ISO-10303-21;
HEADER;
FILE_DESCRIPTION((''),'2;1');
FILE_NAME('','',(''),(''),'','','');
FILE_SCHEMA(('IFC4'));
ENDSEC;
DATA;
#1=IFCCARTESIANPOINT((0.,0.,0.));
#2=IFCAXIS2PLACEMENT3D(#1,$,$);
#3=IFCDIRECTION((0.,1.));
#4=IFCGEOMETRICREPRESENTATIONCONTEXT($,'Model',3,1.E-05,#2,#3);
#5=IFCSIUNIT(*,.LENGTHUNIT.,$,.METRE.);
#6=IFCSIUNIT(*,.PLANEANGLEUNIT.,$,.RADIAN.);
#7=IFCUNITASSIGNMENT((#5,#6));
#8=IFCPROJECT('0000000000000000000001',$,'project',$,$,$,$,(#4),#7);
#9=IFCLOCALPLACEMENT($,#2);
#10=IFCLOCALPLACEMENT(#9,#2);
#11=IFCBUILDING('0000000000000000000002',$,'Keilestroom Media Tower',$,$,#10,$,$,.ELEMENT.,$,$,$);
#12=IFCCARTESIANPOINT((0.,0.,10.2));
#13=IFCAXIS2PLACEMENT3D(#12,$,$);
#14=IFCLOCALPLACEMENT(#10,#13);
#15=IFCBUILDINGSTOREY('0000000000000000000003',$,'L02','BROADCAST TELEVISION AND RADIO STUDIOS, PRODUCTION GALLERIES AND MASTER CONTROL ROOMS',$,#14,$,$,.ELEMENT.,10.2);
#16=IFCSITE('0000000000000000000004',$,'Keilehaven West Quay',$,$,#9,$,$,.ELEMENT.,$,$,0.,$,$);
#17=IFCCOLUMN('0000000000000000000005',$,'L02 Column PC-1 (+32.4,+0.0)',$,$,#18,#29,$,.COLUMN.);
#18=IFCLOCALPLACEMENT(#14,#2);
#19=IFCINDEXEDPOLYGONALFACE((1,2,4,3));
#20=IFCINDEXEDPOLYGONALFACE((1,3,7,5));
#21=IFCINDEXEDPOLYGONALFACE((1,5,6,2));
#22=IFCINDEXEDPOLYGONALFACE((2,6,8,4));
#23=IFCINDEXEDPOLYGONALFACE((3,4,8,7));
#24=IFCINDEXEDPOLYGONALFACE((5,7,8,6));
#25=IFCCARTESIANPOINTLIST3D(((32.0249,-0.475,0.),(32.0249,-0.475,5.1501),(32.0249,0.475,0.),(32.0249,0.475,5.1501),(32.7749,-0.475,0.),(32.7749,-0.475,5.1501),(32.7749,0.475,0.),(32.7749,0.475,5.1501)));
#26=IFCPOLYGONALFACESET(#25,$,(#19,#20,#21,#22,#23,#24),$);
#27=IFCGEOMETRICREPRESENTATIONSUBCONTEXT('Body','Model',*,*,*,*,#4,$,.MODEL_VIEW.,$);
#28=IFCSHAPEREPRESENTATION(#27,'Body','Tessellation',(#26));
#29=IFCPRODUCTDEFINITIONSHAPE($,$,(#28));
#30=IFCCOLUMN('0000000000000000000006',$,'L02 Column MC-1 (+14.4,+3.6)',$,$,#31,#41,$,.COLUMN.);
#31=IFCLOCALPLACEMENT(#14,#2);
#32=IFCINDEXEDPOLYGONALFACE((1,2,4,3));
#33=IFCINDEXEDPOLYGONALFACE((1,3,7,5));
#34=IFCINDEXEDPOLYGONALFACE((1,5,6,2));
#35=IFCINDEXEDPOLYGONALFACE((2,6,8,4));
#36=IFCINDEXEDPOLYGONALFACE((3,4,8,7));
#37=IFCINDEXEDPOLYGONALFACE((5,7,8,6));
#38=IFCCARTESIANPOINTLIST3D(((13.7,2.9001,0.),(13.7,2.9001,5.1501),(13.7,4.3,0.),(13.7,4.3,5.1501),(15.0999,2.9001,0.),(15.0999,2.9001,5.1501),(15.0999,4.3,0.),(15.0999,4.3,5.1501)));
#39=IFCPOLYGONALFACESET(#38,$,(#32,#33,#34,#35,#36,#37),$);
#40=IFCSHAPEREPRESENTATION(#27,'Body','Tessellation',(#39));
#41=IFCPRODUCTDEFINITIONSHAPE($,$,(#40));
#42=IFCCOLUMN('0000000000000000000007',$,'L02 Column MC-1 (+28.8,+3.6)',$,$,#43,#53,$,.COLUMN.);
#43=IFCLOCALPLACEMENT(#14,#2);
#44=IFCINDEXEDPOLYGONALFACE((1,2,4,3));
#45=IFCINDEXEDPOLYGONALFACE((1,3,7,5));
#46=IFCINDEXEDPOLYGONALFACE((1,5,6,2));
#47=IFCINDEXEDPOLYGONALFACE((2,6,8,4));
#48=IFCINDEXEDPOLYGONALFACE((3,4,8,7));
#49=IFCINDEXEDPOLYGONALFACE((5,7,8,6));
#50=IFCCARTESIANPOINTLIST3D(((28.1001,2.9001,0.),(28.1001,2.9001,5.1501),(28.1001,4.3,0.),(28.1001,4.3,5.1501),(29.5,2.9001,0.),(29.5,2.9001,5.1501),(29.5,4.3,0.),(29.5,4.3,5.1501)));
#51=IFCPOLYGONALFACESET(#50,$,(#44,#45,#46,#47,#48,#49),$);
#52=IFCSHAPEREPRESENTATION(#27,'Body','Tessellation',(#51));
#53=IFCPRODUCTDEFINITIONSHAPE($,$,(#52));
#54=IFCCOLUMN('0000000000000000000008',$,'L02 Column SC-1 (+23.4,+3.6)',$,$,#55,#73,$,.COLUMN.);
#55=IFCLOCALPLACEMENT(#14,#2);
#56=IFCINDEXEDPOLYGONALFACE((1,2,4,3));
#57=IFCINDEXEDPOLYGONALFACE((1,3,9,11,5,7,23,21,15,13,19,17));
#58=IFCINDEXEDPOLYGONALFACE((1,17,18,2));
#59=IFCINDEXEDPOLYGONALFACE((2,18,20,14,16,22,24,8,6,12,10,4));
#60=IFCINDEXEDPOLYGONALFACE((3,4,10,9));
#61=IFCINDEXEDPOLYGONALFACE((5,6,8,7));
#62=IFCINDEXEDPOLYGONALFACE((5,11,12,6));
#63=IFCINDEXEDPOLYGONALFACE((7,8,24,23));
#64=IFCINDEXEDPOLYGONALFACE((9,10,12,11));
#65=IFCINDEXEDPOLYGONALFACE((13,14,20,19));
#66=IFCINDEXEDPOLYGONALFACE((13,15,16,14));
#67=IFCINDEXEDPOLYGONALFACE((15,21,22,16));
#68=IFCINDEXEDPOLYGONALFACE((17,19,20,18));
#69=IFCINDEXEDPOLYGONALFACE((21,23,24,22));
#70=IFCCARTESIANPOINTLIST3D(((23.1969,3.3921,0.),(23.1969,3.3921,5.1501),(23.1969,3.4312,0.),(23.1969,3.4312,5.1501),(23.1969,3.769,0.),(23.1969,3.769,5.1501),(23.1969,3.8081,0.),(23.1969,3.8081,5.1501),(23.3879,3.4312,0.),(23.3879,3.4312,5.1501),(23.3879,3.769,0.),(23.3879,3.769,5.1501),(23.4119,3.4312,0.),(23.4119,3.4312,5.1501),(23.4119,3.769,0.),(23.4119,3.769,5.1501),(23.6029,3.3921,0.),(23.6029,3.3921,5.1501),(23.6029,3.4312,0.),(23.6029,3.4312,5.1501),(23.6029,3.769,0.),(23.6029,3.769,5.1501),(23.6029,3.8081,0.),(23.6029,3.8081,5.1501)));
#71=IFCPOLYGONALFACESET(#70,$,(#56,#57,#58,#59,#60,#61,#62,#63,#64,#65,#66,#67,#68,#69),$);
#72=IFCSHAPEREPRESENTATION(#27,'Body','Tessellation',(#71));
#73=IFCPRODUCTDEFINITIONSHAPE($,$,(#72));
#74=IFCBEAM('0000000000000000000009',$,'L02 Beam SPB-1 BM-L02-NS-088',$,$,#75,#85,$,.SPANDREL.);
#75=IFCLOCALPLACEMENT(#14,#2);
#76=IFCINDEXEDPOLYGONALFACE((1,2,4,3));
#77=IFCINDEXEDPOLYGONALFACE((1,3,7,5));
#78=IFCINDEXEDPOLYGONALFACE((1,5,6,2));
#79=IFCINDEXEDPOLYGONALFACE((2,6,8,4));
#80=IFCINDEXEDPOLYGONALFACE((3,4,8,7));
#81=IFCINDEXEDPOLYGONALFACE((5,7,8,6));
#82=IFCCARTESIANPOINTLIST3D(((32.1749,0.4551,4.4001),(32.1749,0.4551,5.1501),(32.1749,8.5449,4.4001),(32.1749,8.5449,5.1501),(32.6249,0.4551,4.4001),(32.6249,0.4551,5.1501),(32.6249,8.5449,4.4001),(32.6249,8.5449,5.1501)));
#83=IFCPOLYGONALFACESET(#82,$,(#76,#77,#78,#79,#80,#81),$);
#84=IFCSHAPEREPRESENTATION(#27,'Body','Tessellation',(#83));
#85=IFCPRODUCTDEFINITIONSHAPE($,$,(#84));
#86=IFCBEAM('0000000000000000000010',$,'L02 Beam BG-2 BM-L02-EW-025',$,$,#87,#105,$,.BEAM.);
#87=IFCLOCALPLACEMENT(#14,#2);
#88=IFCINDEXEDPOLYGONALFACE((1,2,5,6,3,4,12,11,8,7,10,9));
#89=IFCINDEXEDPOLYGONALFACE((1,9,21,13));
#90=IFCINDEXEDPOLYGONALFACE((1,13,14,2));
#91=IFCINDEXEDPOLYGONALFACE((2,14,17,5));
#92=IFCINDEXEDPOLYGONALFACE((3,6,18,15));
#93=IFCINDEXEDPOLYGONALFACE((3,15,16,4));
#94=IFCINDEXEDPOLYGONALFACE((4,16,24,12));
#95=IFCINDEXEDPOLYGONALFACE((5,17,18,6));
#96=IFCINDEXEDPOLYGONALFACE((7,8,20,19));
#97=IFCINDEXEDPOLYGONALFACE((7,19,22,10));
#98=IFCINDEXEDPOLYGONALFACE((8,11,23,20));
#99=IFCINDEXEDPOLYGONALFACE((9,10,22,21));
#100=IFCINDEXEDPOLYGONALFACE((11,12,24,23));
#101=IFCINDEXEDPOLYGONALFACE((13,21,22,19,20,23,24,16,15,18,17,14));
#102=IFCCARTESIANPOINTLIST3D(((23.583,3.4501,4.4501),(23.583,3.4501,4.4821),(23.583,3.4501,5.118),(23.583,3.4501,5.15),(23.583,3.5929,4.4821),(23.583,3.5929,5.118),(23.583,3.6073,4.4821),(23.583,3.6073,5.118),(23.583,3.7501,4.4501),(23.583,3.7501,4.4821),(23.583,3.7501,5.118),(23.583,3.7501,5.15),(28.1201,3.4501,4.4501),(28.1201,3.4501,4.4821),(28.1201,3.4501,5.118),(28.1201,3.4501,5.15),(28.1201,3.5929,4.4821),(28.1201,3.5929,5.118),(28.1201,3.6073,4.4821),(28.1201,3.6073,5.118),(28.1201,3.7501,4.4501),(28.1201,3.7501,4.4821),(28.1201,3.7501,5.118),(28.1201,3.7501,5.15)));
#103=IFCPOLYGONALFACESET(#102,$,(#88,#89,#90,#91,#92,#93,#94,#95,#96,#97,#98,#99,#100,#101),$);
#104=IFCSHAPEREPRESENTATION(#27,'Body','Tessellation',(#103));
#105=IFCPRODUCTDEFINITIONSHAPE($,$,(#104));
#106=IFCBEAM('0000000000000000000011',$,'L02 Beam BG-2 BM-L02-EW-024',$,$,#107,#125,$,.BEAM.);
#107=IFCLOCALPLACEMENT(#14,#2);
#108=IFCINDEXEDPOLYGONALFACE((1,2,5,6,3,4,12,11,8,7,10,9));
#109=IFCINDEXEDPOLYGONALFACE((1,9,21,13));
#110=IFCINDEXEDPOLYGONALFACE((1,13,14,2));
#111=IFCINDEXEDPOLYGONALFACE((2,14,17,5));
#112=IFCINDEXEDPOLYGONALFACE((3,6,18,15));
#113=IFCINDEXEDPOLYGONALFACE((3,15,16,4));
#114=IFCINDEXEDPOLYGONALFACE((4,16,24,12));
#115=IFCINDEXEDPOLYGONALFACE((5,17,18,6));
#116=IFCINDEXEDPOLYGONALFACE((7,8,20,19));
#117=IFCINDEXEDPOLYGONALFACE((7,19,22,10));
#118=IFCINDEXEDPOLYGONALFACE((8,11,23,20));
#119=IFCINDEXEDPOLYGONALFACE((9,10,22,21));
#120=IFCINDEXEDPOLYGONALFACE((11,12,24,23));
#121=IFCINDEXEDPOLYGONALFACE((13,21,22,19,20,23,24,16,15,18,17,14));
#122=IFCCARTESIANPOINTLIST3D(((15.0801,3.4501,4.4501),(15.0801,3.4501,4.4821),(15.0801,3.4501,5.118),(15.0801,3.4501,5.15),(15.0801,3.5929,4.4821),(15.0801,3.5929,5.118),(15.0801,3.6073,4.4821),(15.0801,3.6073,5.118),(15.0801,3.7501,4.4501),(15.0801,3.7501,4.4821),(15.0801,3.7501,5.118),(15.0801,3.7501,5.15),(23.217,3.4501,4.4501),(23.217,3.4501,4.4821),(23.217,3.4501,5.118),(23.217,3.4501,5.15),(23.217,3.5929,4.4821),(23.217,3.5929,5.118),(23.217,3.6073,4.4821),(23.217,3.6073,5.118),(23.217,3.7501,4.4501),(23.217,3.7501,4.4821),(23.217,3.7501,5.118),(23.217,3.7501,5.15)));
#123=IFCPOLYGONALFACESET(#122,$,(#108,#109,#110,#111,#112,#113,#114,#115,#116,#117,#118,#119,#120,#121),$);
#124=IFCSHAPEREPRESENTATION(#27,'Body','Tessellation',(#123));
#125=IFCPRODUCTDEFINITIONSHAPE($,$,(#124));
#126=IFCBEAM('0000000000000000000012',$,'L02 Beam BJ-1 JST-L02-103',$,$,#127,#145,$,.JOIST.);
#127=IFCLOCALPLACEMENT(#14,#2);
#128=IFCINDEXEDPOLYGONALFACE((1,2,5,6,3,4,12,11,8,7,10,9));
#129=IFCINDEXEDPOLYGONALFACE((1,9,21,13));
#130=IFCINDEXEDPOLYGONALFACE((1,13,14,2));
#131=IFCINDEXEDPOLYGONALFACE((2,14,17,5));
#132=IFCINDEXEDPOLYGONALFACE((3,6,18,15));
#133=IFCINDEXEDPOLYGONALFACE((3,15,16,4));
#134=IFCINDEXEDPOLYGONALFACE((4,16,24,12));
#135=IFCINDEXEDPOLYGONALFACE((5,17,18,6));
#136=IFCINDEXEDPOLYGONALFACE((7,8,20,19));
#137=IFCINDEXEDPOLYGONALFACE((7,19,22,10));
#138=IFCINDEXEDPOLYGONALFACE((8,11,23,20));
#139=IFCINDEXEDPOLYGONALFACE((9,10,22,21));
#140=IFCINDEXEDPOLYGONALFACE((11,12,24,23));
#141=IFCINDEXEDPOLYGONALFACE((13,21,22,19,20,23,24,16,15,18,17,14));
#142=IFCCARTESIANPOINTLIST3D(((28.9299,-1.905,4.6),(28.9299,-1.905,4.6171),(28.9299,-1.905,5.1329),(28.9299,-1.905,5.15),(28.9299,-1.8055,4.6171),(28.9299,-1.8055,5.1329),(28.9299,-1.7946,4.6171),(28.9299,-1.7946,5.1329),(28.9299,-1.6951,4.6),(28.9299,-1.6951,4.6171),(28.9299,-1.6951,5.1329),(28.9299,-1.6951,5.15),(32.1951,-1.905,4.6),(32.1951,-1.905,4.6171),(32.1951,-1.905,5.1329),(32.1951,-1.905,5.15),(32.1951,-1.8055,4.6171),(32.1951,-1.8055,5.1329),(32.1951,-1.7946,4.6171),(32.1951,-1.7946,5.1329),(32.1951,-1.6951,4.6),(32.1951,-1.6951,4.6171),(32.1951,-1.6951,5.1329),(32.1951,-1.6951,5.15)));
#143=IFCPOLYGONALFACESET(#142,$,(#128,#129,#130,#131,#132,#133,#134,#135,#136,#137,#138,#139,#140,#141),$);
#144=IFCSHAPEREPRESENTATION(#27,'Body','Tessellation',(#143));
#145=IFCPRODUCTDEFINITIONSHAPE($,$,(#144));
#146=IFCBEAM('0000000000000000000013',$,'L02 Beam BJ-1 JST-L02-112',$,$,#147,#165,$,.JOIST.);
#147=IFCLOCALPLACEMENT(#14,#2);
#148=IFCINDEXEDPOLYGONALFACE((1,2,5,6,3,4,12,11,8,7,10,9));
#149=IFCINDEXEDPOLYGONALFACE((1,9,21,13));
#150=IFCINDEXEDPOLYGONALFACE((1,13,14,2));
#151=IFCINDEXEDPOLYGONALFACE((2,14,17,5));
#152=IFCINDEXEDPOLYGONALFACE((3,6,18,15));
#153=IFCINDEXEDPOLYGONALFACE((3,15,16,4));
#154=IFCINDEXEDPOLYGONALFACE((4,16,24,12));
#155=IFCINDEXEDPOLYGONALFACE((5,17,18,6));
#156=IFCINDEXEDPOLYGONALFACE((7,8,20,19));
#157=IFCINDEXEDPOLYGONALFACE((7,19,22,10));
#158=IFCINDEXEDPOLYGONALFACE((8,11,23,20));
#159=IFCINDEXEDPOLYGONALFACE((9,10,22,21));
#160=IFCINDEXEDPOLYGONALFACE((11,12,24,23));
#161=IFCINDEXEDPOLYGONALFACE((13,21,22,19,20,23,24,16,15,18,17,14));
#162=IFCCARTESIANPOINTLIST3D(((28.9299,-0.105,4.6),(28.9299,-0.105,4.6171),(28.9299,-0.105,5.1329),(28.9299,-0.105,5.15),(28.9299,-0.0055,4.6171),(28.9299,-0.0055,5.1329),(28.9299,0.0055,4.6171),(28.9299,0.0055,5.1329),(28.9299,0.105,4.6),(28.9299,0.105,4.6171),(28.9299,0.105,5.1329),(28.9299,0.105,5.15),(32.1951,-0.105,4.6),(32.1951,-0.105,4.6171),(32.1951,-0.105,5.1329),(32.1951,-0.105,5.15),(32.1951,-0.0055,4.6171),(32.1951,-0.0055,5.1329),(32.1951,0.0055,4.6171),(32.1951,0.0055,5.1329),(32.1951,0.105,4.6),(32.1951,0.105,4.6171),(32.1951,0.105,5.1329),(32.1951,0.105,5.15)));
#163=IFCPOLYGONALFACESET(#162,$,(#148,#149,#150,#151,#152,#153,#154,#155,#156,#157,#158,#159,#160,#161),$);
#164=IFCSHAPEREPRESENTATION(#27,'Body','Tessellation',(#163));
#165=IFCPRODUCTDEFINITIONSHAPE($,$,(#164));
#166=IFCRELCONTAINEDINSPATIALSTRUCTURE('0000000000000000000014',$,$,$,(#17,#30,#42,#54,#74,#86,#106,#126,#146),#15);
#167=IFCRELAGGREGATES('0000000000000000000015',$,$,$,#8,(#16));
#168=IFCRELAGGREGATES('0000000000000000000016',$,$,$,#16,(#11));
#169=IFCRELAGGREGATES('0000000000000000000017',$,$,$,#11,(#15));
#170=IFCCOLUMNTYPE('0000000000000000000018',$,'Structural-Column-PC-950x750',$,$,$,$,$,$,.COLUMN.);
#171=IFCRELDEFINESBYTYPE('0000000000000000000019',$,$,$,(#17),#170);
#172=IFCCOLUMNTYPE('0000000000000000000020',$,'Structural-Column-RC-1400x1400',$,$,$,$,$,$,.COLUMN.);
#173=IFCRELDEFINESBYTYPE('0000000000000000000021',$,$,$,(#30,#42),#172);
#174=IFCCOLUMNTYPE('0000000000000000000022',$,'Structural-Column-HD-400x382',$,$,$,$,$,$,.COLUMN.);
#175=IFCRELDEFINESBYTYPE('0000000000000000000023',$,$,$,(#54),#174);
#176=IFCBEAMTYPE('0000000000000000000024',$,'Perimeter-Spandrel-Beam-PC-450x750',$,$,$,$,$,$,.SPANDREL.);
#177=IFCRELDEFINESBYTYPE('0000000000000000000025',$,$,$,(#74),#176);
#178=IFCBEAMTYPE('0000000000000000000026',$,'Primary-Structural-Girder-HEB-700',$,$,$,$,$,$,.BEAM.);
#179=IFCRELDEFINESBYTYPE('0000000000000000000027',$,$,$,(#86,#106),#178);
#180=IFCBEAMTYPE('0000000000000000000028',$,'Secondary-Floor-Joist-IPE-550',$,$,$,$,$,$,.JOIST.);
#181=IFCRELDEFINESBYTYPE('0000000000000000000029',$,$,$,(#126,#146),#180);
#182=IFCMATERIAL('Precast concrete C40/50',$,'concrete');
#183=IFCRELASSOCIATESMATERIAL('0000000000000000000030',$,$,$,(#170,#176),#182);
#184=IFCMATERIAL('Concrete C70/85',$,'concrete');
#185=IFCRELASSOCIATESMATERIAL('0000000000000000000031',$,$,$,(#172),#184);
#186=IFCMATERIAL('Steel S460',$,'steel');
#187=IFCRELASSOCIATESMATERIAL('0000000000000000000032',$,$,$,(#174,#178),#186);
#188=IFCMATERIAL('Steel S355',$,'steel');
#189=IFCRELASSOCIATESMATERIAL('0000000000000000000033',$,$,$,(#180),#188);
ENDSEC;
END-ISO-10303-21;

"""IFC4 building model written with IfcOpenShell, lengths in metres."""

from ifc_helpers import new_model, si_unit, direction, frame, origin, origin_2d, place, context, subcontext, project, spatial, rectangle, i_section, extrude, source, transform, mapped, material, material_profile, profile_set, type_object, element, save


model = new_model("IFC4")

# Units and contexts
model_context = context("Model", 3, precision=1e-05, world=origin(), true_north=direction((0.0, 1.0)))
body_context = subcontext(model_context, "Body", "Model", "MODEL_VIEW")
ifc_project = project(units=[si_unit("LENGTHUNIT", "METRE"), si_unit("PLANEANGLEUNIT", "RADIAN")], contexts=[model_context])

# Site, building, storey
site_placement = place(None, origin())
site = spatial("IfcSite", under=ifc_project, at=site_placement, Name="Keilehaven West Quay", CompositionType="ELEMENT", RefElevation=0.0)
building_placement = place(site_placement, origin())
building = spatial("IfcBuilding", under=site, at=building_placement, Name="Keilestroom Media Tower", CompositionType="ELEMENT")
storey_placement = place(building_placement, frame((0.0, 0.0, 10.2)))
storey = spatial("IfcBuildingStorey", under=building, at=storey_placement, Name="L02", Description="BROADCAST TELEVISION AND RADIO STUDIOS, PRODUCTION GALLERIES AND MASTER CONTROL ROOMS", CompositionType="ELEMENT", Elevation=10.2)

# Columns
ifc_material_1 = material(Name="Precast concrete C40/50", Category="concrete")
ifc_material_profile_1 = material_profile(ifc_material_1, rectangle(XDim=0.75, YDim=0.95, at=origin_2d()), Name="PC 950x750")
ifc_profile_set_1 = profile_set([ifc_material_profile_1], Name="Precast concrete C40/50")
column_type_1 = type_object("IfcColumnType", Name="Structural-Column-PC-950x750", PredefinedType="COLUMN", material=ifc_profile_set_1)
shared_shape_1 = source(origin(), body_context, "Body", "SweptSolid", [
    extrude(rectangle(XDim=0.75, YDim=0.95, at=origin_2d()), origin(), (0.0, 0.0, 1.0), 5.1501),
])
column_1_placement = place(storey_placement, frame((32.3999, 0.0, 0.0), z_axis=(0.0, 0.0, 1.0), x_axis=(1.0, 0.0, 0.0)))
element("IfcColumn", 1, at=column_1_placement, inside=storey, type_object=column_type_1, Name="L02 Column PC-1 (+32.4,+0.0)", PredefinedType="COLUMN", context=body_context, shape_type="MappedRepresentation", body=[
    mapped(shared_shape_1, transform((0.0, 0.0, 0.0), x_axis=(1.0, 0.0, 0.0), y_axis=(0.0, 1.0, 0.0), z_axis=(0.0, 0.0, 1.0), scale=1.0)),
])
ifc_material_2 = material(Name="Concrete C70/85", Category="concrete")
ifc_material_profile_2 = material_profile(ifc_material_2, rectangle(XDim=1.3999, YDim=1.3999, at=origin_2d()), Name="RC 1400x1400")
ifc_profile_set_2 = profile_set([ifc_material_profile_2], Name="Concrete C70/85")
column_type_2 = type_object("IfcColumnType", Name="Structural-Column-RC-1400x1400", PredefinedType="COLUMN", material=ifc_profile_set_2)
shared_shape_2 = source(origin(), body_context, "Body", "SweptSolid", [
    extrude(rectangle(XDim=1.3999, YDim=1.3999, at=origin_2d()), origin(), (0.0, 0.0, 1.0), 5.1501),
])
for number, where, z_axis, x_axis, name in (
    (2, (14.3999, 3.6001, 0.0), (0.0, 0.0, 1.0), (1.0, 0.0, 0.0), "L02 Column MC-1 (+14.4,+3.6)"),
    (3, (28.8, 3.6001, 0.0), (0.0, 0.0, 1.0), (1.0, 0.0, 0.0), "L02 Column MC-1 (+28.8,+3.6)"),
):
    element("IfcColumn", number, at=place(storey_placement, frame(where, z_axis=z_axis, x_axis=x_axis)), inside=storey, type_object=column_type_2, Name=name, PredefinedType="COLUMN", context=body_context, shape_type="MappedRepresentation", body=[
        mapped(shared_shape_2, transform((0.0, 0.0, 0.0), x_axis=(1.0, 0.0, 0.0), y_axis=(0.0, 1.0, 0.0), z_axis=(0.0, 0.0, 1.0), scale=1.0)),
    ])
ifc_material_3 = material(Name="Steel S460", Category="steel")
ifc_material_profile_3 = material_profile(ifc_material_3, i_section(OverallWidth=0.406, OverallDepth=0.416, WebThickness=0.0239, FlangeThickness=0.0391, at=origin_2d()), Name="HD 400x382")
ifc_profile_set_3 = profile_set([ifc_material_profile_3], Name="Steel S460")
column_type_3 = type_object("IfcColumnType", Name="Structural-Column-HD-400x382", PredefinedType="COLUMN", material=ifc_profile_set_3)
shared_shape_3 = source(origin(), body_context, "Body", "SweptSolid", [
    extrude(i_section(OverallWidth=0.406, OverallDepth=0.416, WebThickness=0.0239, FlangeThickness=0.0391, at=origin_2d()), origin(), (0.0, 0.0, 1.0), 5.1501),
])
column_2_placement = place(storey_placement, frame((23.3999, 3.6001, 0.0), z_axis=(0.0, 0.0, 1.0), x_axis=(1.0, 0.0, 0.0)))
element("IfcColumn", 4, at=column_2_placement, inside=storey, type_object=column_type_3, Name="L02 Column SC-1 (+23.4,+3.6)", PredefinedType="COLUMN", context=body_context, shape_type="MappedRepresentation", body=[
    mapped(shared_shape_3, transform((0.0, 0.0, 0.0), x_axis=(1.0, 0.0, 0.0), y_axis=(0.0, 1.0, 0.0), z_axis=(0.0, 0.0, 1.0), scale=1.0)),
])

# Beams
ifc_material_profile_4 = material_profile(ifc_material_1, rectangle(XDim=0.45, YDim=0.75, at=origin_2d()), Name="PC 450x750")
ifc_profile_set_4 = profile_set([ifc_material_profile_4], Name="Precast concrete C40/50")
beam_type_1 = type_object("IfcBeamType", Name="Perimeter-Spandrel-Beam-PC-450x750", PredefinedType="SPANDREL", material=ifc_profile_set_4)
shared_shape_4 = source(origin(), body_context, "Body", "SweptSolid", [
    extrude(rectangle(XDim=0.45, YDim=0.75, at=origin_2d()), origin(), (0.0, 0.0, 1.0), 8.0898),
])
beam_1_placement = place(storey_placement, frame((32.3999, 0.4551, 4.7751), z_axis=(0.0, 1.0, 0.0), x_axis=(-1.0, 0.0, 0.0)))
element("IfcBeam", 5, at=beam_1_placement, inside=storey, type_object=beam_type_1, Name="L02 Beam SPB-1 BM-L02-NS-088", PredefinedType="SPANDREL", context=body_context, shape_type="MappedRepresentation", body=[
    mapped(shared_shape_4, transform((0.0, 0.0, 0.0), x_axis=(1.0, 0.0, 0.0), y_axis=(0.0, 1.0, 0.0), z_axis=(0.0, 0.0, 1.0), scale=1.0)),
])
ifc_material_profile_5 = material_profile(ifc_material_3, i_section(OverallWidth=0.3, OverallDepth=0.7, WebThickness=0.0144, FlangeThickness=0.032, at=origin_2d()), Name="HEB 700")
ifc_profile_set_5 = profile_set([ifc_material_profile_5], Name="Steel S460")
beam_type_2 = type_object("IfcBeamType", Name="Primary-Structural-Girder-HEB-700", PredefinedType="BEAM", material=ifc_profile_set_5)
shared_shape_5 = source(origin(), body_context, "Body", "SweptSolid", [
    extrude(i_section(OverallWidth=0.3, OverallDepth=0.7, WebThickness=0.0144, FlangeThickness=0.032, at=origin_2d()), origin(), (0.0, 0.0, 1.0), 4.5371),
])
beam_2_placement = place(storey_placement, frame((23.583, 3.6001, 4.8), z_axis=(1.0, 0.0, 0.0), x_axis=(0.0, 1.0, 0.0)))
element("IfcBeam", 6, at=beam_2_placement, inside=storey, type_object=beam_type_2, Name="L02 Beam BG-2 BM-L02-EW-025", PredefinedType="BEAM", context=body_context, shape_type="MappedRepresentation", body=[
    mapped(shared_shape_5, transform((0.0, 0.0, 0.0), x_axis=(1.0, 0.0, 0.0), y_axis=(0.0, 1.0, 0.0), z_axis=(0.0, 0.0, 1.0), scale=1.0)),
])
shared_shape_6 = source(origin(), body_context, "Body", "SweptSolid", [
    extrude(i_section(OverallWidth=0.3, OverallDepth=0.7, WebThickness=0.0144, FlangeThickness=0.032, at=origin_2d()), origin(), (0.0, 0.0, 1.0), 8.137),
])
beam_3_placement = place(storey_placement, frame((15.0801, 3.6001, 4.8), z_axis=(1.0, 0.0, 0.0), x_axis=(0.0, 1.0, 0.0)))
element("IfcBeam", 7, at=beam_3_placement, inside=storey, type_object=beam_type_2, Name="L02 Beam BG-2 BM-L02-EW-024", PredefinedType="BEAM", context=body_context, shape_type="MappedRepresentation", body=[
    mapped(shared_shape_6, transform((0.0, 0.0, 0.0), x_axis=(1.0, 0.0, 0.0), y_axis=(0.0, 1.0, 0.0), z_axis=(0.0, 0.0, 1.0), scale=1.0)),
])
ifc_material_4 = material(Name="Steel S355", Category="steel")
ifc_material_profile_6 = material_profile(ifc_material_4, i_section(OverallWidth=0.21, OverallDepth=0.55, WebThickness=0.011, FlangeThickness=0.0171, at=origin_2d()), Name="IPE 550")
ifc_profile_set_6 = profile_set([ifc_material_profile_6], Name="Steel S355")
beam_type_3 = type_object("IfcBeamType", Name="Secondary-Floor-Joist-IPE-550", PredefinedType="JOIST", material=ifc_profile_set_6)
shared_shape_7 = source(origin(), body_context, "Body", "SweptSolid", [
    extrude(i_section(OverallWidth=0.21, OverallDepth=0.55, WebThickness=0.011, FlangeThickness=0.0171, at=origin_2d()), origin(), (0.0, 0.0, 1.0), 3.2651),
])
for number, where, z_axis, x_axis, name in (
    (8, (28.9299, -1.8, 4.875), (1.0, 0.0, 0.0), (0.0, 1.0, 0.0), "L02 Beam BJ-1 JST-L02-103"),
    (9, (28.9299, 0.0, 4.875), (1.0, 0.0, 0.0), (0.0, 1.0, 0.0), "L02 Beam BJ-1 JST-L02-112"),
):
    element("IfcBeam", number, at=place(storey_placement, frame(where, z_axis=z_axis, x_axis=x_axis)), inside=storey, type_object=beam_type_3, Name=name, PredefinedType="JOIST", context=body_context, shape_type="MappedRepresentation", body=[
        mapped(shared_shape_7, transform((0.0, 0.0, 0.0), x_axis=(1.0, 0.0, 0.0), y_axis=(0.0, 1.0, 0.0), z_axis=(0.0, 0.0, 1.0), scale=1.0)),
    ])

save(model, "model.ifc")
